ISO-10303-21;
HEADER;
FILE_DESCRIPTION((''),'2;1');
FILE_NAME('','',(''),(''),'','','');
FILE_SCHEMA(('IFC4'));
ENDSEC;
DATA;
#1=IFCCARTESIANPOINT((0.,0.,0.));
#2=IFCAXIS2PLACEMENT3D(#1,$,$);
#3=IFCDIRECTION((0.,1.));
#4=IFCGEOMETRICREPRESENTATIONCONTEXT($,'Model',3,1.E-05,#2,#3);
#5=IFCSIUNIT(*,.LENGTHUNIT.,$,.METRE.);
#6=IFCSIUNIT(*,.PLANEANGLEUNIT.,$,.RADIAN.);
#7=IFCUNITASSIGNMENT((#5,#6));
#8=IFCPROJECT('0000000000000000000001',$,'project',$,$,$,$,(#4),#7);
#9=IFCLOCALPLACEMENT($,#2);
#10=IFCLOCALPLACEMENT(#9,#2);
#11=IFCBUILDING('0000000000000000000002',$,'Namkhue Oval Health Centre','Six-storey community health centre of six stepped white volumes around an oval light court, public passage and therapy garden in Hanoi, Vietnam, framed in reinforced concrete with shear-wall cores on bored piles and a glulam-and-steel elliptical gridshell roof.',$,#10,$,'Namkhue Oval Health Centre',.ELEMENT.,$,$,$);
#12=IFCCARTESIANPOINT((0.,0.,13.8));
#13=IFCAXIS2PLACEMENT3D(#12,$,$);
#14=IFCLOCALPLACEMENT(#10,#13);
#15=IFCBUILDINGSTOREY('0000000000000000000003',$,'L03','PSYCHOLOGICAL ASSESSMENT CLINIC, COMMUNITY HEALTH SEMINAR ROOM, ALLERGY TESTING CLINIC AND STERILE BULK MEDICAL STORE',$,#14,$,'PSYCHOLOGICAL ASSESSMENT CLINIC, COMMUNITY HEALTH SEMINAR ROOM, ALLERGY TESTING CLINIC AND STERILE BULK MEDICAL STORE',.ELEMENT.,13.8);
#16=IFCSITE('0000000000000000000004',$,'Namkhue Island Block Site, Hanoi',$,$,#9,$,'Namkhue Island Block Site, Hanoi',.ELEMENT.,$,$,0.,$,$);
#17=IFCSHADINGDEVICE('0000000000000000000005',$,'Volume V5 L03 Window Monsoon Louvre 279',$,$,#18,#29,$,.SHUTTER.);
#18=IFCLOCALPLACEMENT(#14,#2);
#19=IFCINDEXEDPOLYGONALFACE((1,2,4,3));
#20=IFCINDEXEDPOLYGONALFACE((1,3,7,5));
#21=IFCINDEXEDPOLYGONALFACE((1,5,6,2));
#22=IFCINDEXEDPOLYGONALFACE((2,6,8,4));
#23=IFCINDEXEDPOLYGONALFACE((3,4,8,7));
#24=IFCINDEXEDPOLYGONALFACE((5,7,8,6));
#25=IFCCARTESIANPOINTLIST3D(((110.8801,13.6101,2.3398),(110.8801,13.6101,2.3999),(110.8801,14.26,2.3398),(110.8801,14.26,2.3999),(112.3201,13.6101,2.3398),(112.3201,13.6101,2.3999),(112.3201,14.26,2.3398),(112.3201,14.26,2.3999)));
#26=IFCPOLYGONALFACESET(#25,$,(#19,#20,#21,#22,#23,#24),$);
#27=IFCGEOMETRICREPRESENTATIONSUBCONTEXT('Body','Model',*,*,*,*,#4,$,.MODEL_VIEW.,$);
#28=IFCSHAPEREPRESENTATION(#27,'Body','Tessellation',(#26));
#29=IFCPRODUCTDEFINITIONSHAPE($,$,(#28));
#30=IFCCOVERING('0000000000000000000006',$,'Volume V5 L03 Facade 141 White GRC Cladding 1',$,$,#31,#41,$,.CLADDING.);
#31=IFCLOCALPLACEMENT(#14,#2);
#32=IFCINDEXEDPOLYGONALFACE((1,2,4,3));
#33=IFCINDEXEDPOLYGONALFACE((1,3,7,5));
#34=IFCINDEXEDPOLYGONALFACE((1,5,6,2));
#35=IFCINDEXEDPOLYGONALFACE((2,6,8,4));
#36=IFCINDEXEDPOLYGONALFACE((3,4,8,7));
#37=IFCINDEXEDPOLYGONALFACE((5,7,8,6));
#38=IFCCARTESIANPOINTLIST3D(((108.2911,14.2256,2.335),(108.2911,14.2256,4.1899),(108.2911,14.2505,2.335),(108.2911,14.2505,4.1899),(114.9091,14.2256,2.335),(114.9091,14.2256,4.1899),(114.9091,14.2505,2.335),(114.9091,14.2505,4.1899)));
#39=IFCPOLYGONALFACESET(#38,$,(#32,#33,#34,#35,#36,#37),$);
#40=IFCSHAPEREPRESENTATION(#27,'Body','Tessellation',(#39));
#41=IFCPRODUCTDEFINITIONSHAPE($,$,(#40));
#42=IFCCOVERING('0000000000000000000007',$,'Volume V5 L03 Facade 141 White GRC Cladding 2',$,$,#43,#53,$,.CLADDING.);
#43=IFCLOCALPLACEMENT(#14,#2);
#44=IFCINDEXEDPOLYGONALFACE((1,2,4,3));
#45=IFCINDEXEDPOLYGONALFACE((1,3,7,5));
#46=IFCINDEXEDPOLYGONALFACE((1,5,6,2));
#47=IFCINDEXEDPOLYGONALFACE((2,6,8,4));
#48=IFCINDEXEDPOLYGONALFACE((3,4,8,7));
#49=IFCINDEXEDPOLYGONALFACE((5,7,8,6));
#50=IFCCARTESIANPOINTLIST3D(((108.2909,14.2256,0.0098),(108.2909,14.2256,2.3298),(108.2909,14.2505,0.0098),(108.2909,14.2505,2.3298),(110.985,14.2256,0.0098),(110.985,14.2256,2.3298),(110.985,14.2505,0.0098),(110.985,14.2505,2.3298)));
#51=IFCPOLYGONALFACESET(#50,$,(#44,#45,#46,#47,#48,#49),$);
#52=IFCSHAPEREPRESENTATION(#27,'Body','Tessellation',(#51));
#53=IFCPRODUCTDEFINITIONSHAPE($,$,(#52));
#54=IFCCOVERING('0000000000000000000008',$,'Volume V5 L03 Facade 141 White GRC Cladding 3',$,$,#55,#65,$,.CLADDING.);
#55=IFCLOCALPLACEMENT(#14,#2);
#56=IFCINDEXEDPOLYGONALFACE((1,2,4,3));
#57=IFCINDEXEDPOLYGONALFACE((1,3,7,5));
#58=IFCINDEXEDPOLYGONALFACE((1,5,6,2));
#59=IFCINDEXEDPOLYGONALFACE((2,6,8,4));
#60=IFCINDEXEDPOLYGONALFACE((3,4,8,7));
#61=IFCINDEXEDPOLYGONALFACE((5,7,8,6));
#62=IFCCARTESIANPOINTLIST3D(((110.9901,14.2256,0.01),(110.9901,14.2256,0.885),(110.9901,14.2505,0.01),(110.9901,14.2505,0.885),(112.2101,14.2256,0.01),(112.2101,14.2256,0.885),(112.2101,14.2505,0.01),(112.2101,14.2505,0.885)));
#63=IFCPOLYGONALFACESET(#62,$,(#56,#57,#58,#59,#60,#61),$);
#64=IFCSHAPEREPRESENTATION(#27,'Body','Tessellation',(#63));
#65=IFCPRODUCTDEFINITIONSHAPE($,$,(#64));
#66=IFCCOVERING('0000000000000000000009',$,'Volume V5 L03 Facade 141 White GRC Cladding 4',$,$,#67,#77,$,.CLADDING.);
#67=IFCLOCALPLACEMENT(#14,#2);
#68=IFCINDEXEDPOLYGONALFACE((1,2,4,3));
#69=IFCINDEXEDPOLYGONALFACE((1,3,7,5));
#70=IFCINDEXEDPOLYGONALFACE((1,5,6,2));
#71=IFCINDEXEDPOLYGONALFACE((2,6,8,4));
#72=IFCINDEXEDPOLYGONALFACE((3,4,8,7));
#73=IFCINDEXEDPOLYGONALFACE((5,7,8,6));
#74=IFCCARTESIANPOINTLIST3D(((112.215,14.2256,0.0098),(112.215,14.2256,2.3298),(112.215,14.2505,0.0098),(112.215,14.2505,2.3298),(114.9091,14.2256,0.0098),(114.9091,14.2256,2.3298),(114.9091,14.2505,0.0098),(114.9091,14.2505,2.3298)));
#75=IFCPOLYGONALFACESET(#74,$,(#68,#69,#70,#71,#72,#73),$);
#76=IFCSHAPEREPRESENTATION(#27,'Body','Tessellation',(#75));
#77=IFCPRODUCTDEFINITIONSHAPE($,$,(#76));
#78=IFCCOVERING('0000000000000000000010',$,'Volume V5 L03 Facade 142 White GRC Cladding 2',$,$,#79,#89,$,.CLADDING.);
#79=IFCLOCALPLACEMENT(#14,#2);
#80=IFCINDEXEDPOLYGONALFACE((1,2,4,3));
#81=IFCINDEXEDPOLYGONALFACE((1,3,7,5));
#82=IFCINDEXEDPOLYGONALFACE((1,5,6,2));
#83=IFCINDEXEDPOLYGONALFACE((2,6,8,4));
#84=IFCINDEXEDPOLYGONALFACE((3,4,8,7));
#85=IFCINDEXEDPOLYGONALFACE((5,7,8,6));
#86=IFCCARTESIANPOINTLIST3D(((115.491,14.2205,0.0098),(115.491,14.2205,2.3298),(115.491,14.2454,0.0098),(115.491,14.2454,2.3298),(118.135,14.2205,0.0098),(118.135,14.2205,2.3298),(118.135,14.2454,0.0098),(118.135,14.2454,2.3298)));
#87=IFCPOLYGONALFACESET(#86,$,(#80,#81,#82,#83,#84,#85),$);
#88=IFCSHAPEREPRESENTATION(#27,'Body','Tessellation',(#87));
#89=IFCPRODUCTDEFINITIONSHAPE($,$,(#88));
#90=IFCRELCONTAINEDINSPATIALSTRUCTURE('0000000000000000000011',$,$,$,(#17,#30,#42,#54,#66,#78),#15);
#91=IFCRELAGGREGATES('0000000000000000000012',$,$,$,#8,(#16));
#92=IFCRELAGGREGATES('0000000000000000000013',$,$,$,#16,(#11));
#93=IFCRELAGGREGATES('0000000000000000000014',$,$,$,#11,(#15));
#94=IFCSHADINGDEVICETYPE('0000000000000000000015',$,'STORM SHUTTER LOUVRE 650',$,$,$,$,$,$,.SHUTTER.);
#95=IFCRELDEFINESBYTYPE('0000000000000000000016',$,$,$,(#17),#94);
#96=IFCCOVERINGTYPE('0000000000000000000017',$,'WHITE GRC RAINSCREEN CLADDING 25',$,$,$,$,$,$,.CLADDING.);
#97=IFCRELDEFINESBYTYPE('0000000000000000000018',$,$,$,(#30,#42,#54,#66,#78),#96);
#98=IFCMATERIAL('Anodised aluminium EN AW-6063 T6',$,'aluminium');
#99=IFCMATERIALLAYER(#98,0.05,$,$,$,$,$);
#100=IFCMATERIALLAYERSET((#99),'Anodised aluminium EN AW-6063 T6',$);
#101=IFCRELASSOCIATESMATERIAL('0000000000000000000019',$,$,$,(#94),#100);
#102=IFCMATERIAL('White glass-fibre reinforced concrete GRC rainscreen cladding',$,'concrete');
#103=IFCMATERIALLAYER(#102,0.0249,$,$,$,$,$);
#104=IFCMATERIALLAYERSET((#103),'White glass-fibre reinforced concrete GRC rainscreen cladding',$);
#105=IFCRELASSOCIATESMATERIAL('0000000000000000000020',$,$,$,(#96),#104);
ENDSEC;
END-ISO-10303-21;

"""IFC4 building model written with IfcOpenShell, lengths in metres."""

from ifc_helpers import new_model, si_unit, direction, frame, origin, origin_2d, place, context, subcontext, project, spatial, rectangle, extrude, material, layer, layer_set, type_object, element, save


model = new_model("IFC4")

# Units and contexts
model_context = context("Model", 3, precision=1e-05, world=origin(), true_north=direction((0.0, 1.0)))
body_context = subcontext(model_context, "Body", "Model", "MODEL_VIEW")
ifc_project = project(units=[si_unit("LENGTHUNIT", "METRE"), si_unit("PLANEANGLEUNIT", "RADIAN")], contexts=[model_context])

# Site, building, storey
site_placement = place(None, origin())
site = spatial("IfcSite", under=ifc_project, at=site_placement, Name="Namkhue Island Block Site, Hanoi", LongName="Namkhue Island Block Site, Hanoi", CompositionType="ELEMENT", RefElevation=0.0)
building_placement = place(site_placement, origin())
building = spatial("IfcBuilding", under=site, at=building_placement, Name="Namkhue Oval Health Centre", Description="Six-storey community health centre of six stepped white volumes around an oval light court, public passage and therapy garden in Hanoi, Vietnam, framed in reinforced concrete with shear-wall cores on bored piles and a glulam-and-steel elliptical gridshell roof.", LongName="Namkhue Oval Health Centre", CompositionType="ELEMENT")
storey_placement = place(building_placement, frame((0.0, 0.0, 13.8)))
storey = spatial("IfcBuildingStorey", under=building, at=storey_placement, Name="L03", Description="PSYCHOLOGICAL ASSESSMENT CLINIC, COMMUNITY HEALTH SEMINAR ROOM, ALLERGY TESTING CLINIC AND STERILE BULK MEDICAL STORE", LongName="PSYCHOLOGICAL ASSESSMENT CLINIC, COMMUNITY HEALTH SEMINAR ROOM, ALLERGY TESTING CLINIC AND STERILE BULK MEDICAL STORE", CompositionType="ELEMENT", Elevation=13.8)

# Shading device
ifc_material_1 = material(Name="Anodised aluminium EN AW-6063 T6", Category="aluminium")
ifc_layer_1 = layer(ifc_material_1, 0.05)
ifc_layer_set_1 = layer_set([ifc_layer_1], Name="Anodised aluminium EN AW-6063 T6")
shading_device_type = type_object("IfcShadingDeviceType", Name="STORM SHUTTER LOUVRE 650", PredefinedType="SHUTTER", material=ifc_layer_set_1)
shading_device_placement = place(storey_placement, frame((111.6001, 13.9351, 2.3398), z_axis=(0.0, 0.0, 1.0), x_axis=(1.0, 0.0, 0.0)))
element("IfcShadingDevice", 1, at=shading_device_placement, inside=storey, type_object=shading_device_type, Name="Volume V5 L03 Window Monsoon Louvre 279", PredefinedType="SHUTTER", context=body_context, shape_type="SweptSolid", body=[
    extrude(rectangle(XDim=1.4399, YDim=0.6499, at=origin_2d()), origin(), (0.0, 0.0, 1.0), 0.0601),
])

# Coverings
ifc_material_2 = material(Name="White glass-fibre reinforced concrete GRC rainscreen cladding", Category="concrete")
ifc_layer_2 = layer(ifc_material_2, 0.0249)
ifc_layer_set_2 = layer_set([ifc_layer_2], Name="White glass-fibre reinforced concrete GRC rainscreen cladding")
covering_type = type_object("IfcCoveringType", Name="WHITE GRC RAINSCREEN CLADDING 25", PredefinedType="CLADDING", material=ifc_layer_set_2)
covering_1_placement = place(storey_placement, frame((111.6001, 14.238, 2.335), z_axis=(0.0, 0.0, 1.0), x_axis=(1.0, 0.0, 0.0)))
element("IfcCovering", 2, at=covering_1_placement, inside=storey, type_object=covering_type, Name="Volume V5 L03 Facade 141 White GRC Cladding 1", PredefinedType="CLADDING", context=body_context, shape_type="SweptSolid", body=[
    extrude(rectangle(XDim=6.6179, YDim=0.0249, at=origin_2d()), origin(), (0.0, 0.0, 1.0), 1.855),
])
covering_2_placement = place(storey_placement, frame((109.6379, 14.238, 0.0098), z_axis=(0.0, 0.0, 1.0), x_axis=(1.0, 0.0, 0.0)))
element("IfcCovering", 3, at=covering_2_placement, inside=storey, type_object=covering_type, Name="Volume V5 L03 Facade 141 White GRC Cladding 2", PredefinedType="CLADDING", context=body_context, shape_type="SweptSolid", body=[
    extrude(rectangle(XDim=2.6941, YDim=0.0249, at=origin_2d()), origin(), (0.0, 0.0, 1.0), 2.3201),
])
covering_3_placement = place(storey_placement, frame((111.6001, 14.238, 0.01), z_axis=(0.0, 0.0, 1.0), x_axis=(1.0, 0.0, 0.0)))
element("IfcCovering", 4, at=covering_3_placement, inside=storey, type_object=covering_type, Name="Volume V5 L03 Facade 141 White GRC Cladding 3", PredefinedType="CLADDING", context=body_context, shape_type="SweptSolid", body=[
    extrude(rectangle(XDim=1.22, YDim=0.0249, at=origin_2d()), origin(), (0.0, 0.0, 1.0), 0.875),
])
covering_4_placement = place(storey_placement, frame((113.562, 14.238, 0.0098), z_axis=(0.0, 0.0, 1.0), x_axis=(1.0, 0.0, 0.0)))
element("IfcCovering", 5, at=covering_4_placement, inside=storey, type_object=covering_type, Name="Volume V5 L03 Facade 141 White GRC Cladding 4", PredefinedType="CLADDING", context=body_context, shape_type="SweptSolid", body=[
    extrude(rectangle(XDim=2.6941, YDim=0.0249, at=origin_2d()), origin(), (0.0, 0.0, 1.0), 2.3201),
])
covering_5_placement = place(storey_placement, frame((116.813, 14.2329, 0.0098), z_axis=(0.0, 0.0, 1.0), x_axis=(1.0, 0.0, 0.0)))
element("IfcCovering", 6, at=covering_5_placement, inside=storey, type_object=covering_type, Name="Volume V5 L03 Facade 142 White GRC Cladding 2", PredefinedType="CLADDING", context=body_context, shape_type="SweptSolid", body=[
    extrude(rectangle(XDim=2.644, YDim=0.0249, at=origin_2d()), origin(), (0.0, 0.0, 1.0), 2.3201),
])

save(model, "model.ifc")
